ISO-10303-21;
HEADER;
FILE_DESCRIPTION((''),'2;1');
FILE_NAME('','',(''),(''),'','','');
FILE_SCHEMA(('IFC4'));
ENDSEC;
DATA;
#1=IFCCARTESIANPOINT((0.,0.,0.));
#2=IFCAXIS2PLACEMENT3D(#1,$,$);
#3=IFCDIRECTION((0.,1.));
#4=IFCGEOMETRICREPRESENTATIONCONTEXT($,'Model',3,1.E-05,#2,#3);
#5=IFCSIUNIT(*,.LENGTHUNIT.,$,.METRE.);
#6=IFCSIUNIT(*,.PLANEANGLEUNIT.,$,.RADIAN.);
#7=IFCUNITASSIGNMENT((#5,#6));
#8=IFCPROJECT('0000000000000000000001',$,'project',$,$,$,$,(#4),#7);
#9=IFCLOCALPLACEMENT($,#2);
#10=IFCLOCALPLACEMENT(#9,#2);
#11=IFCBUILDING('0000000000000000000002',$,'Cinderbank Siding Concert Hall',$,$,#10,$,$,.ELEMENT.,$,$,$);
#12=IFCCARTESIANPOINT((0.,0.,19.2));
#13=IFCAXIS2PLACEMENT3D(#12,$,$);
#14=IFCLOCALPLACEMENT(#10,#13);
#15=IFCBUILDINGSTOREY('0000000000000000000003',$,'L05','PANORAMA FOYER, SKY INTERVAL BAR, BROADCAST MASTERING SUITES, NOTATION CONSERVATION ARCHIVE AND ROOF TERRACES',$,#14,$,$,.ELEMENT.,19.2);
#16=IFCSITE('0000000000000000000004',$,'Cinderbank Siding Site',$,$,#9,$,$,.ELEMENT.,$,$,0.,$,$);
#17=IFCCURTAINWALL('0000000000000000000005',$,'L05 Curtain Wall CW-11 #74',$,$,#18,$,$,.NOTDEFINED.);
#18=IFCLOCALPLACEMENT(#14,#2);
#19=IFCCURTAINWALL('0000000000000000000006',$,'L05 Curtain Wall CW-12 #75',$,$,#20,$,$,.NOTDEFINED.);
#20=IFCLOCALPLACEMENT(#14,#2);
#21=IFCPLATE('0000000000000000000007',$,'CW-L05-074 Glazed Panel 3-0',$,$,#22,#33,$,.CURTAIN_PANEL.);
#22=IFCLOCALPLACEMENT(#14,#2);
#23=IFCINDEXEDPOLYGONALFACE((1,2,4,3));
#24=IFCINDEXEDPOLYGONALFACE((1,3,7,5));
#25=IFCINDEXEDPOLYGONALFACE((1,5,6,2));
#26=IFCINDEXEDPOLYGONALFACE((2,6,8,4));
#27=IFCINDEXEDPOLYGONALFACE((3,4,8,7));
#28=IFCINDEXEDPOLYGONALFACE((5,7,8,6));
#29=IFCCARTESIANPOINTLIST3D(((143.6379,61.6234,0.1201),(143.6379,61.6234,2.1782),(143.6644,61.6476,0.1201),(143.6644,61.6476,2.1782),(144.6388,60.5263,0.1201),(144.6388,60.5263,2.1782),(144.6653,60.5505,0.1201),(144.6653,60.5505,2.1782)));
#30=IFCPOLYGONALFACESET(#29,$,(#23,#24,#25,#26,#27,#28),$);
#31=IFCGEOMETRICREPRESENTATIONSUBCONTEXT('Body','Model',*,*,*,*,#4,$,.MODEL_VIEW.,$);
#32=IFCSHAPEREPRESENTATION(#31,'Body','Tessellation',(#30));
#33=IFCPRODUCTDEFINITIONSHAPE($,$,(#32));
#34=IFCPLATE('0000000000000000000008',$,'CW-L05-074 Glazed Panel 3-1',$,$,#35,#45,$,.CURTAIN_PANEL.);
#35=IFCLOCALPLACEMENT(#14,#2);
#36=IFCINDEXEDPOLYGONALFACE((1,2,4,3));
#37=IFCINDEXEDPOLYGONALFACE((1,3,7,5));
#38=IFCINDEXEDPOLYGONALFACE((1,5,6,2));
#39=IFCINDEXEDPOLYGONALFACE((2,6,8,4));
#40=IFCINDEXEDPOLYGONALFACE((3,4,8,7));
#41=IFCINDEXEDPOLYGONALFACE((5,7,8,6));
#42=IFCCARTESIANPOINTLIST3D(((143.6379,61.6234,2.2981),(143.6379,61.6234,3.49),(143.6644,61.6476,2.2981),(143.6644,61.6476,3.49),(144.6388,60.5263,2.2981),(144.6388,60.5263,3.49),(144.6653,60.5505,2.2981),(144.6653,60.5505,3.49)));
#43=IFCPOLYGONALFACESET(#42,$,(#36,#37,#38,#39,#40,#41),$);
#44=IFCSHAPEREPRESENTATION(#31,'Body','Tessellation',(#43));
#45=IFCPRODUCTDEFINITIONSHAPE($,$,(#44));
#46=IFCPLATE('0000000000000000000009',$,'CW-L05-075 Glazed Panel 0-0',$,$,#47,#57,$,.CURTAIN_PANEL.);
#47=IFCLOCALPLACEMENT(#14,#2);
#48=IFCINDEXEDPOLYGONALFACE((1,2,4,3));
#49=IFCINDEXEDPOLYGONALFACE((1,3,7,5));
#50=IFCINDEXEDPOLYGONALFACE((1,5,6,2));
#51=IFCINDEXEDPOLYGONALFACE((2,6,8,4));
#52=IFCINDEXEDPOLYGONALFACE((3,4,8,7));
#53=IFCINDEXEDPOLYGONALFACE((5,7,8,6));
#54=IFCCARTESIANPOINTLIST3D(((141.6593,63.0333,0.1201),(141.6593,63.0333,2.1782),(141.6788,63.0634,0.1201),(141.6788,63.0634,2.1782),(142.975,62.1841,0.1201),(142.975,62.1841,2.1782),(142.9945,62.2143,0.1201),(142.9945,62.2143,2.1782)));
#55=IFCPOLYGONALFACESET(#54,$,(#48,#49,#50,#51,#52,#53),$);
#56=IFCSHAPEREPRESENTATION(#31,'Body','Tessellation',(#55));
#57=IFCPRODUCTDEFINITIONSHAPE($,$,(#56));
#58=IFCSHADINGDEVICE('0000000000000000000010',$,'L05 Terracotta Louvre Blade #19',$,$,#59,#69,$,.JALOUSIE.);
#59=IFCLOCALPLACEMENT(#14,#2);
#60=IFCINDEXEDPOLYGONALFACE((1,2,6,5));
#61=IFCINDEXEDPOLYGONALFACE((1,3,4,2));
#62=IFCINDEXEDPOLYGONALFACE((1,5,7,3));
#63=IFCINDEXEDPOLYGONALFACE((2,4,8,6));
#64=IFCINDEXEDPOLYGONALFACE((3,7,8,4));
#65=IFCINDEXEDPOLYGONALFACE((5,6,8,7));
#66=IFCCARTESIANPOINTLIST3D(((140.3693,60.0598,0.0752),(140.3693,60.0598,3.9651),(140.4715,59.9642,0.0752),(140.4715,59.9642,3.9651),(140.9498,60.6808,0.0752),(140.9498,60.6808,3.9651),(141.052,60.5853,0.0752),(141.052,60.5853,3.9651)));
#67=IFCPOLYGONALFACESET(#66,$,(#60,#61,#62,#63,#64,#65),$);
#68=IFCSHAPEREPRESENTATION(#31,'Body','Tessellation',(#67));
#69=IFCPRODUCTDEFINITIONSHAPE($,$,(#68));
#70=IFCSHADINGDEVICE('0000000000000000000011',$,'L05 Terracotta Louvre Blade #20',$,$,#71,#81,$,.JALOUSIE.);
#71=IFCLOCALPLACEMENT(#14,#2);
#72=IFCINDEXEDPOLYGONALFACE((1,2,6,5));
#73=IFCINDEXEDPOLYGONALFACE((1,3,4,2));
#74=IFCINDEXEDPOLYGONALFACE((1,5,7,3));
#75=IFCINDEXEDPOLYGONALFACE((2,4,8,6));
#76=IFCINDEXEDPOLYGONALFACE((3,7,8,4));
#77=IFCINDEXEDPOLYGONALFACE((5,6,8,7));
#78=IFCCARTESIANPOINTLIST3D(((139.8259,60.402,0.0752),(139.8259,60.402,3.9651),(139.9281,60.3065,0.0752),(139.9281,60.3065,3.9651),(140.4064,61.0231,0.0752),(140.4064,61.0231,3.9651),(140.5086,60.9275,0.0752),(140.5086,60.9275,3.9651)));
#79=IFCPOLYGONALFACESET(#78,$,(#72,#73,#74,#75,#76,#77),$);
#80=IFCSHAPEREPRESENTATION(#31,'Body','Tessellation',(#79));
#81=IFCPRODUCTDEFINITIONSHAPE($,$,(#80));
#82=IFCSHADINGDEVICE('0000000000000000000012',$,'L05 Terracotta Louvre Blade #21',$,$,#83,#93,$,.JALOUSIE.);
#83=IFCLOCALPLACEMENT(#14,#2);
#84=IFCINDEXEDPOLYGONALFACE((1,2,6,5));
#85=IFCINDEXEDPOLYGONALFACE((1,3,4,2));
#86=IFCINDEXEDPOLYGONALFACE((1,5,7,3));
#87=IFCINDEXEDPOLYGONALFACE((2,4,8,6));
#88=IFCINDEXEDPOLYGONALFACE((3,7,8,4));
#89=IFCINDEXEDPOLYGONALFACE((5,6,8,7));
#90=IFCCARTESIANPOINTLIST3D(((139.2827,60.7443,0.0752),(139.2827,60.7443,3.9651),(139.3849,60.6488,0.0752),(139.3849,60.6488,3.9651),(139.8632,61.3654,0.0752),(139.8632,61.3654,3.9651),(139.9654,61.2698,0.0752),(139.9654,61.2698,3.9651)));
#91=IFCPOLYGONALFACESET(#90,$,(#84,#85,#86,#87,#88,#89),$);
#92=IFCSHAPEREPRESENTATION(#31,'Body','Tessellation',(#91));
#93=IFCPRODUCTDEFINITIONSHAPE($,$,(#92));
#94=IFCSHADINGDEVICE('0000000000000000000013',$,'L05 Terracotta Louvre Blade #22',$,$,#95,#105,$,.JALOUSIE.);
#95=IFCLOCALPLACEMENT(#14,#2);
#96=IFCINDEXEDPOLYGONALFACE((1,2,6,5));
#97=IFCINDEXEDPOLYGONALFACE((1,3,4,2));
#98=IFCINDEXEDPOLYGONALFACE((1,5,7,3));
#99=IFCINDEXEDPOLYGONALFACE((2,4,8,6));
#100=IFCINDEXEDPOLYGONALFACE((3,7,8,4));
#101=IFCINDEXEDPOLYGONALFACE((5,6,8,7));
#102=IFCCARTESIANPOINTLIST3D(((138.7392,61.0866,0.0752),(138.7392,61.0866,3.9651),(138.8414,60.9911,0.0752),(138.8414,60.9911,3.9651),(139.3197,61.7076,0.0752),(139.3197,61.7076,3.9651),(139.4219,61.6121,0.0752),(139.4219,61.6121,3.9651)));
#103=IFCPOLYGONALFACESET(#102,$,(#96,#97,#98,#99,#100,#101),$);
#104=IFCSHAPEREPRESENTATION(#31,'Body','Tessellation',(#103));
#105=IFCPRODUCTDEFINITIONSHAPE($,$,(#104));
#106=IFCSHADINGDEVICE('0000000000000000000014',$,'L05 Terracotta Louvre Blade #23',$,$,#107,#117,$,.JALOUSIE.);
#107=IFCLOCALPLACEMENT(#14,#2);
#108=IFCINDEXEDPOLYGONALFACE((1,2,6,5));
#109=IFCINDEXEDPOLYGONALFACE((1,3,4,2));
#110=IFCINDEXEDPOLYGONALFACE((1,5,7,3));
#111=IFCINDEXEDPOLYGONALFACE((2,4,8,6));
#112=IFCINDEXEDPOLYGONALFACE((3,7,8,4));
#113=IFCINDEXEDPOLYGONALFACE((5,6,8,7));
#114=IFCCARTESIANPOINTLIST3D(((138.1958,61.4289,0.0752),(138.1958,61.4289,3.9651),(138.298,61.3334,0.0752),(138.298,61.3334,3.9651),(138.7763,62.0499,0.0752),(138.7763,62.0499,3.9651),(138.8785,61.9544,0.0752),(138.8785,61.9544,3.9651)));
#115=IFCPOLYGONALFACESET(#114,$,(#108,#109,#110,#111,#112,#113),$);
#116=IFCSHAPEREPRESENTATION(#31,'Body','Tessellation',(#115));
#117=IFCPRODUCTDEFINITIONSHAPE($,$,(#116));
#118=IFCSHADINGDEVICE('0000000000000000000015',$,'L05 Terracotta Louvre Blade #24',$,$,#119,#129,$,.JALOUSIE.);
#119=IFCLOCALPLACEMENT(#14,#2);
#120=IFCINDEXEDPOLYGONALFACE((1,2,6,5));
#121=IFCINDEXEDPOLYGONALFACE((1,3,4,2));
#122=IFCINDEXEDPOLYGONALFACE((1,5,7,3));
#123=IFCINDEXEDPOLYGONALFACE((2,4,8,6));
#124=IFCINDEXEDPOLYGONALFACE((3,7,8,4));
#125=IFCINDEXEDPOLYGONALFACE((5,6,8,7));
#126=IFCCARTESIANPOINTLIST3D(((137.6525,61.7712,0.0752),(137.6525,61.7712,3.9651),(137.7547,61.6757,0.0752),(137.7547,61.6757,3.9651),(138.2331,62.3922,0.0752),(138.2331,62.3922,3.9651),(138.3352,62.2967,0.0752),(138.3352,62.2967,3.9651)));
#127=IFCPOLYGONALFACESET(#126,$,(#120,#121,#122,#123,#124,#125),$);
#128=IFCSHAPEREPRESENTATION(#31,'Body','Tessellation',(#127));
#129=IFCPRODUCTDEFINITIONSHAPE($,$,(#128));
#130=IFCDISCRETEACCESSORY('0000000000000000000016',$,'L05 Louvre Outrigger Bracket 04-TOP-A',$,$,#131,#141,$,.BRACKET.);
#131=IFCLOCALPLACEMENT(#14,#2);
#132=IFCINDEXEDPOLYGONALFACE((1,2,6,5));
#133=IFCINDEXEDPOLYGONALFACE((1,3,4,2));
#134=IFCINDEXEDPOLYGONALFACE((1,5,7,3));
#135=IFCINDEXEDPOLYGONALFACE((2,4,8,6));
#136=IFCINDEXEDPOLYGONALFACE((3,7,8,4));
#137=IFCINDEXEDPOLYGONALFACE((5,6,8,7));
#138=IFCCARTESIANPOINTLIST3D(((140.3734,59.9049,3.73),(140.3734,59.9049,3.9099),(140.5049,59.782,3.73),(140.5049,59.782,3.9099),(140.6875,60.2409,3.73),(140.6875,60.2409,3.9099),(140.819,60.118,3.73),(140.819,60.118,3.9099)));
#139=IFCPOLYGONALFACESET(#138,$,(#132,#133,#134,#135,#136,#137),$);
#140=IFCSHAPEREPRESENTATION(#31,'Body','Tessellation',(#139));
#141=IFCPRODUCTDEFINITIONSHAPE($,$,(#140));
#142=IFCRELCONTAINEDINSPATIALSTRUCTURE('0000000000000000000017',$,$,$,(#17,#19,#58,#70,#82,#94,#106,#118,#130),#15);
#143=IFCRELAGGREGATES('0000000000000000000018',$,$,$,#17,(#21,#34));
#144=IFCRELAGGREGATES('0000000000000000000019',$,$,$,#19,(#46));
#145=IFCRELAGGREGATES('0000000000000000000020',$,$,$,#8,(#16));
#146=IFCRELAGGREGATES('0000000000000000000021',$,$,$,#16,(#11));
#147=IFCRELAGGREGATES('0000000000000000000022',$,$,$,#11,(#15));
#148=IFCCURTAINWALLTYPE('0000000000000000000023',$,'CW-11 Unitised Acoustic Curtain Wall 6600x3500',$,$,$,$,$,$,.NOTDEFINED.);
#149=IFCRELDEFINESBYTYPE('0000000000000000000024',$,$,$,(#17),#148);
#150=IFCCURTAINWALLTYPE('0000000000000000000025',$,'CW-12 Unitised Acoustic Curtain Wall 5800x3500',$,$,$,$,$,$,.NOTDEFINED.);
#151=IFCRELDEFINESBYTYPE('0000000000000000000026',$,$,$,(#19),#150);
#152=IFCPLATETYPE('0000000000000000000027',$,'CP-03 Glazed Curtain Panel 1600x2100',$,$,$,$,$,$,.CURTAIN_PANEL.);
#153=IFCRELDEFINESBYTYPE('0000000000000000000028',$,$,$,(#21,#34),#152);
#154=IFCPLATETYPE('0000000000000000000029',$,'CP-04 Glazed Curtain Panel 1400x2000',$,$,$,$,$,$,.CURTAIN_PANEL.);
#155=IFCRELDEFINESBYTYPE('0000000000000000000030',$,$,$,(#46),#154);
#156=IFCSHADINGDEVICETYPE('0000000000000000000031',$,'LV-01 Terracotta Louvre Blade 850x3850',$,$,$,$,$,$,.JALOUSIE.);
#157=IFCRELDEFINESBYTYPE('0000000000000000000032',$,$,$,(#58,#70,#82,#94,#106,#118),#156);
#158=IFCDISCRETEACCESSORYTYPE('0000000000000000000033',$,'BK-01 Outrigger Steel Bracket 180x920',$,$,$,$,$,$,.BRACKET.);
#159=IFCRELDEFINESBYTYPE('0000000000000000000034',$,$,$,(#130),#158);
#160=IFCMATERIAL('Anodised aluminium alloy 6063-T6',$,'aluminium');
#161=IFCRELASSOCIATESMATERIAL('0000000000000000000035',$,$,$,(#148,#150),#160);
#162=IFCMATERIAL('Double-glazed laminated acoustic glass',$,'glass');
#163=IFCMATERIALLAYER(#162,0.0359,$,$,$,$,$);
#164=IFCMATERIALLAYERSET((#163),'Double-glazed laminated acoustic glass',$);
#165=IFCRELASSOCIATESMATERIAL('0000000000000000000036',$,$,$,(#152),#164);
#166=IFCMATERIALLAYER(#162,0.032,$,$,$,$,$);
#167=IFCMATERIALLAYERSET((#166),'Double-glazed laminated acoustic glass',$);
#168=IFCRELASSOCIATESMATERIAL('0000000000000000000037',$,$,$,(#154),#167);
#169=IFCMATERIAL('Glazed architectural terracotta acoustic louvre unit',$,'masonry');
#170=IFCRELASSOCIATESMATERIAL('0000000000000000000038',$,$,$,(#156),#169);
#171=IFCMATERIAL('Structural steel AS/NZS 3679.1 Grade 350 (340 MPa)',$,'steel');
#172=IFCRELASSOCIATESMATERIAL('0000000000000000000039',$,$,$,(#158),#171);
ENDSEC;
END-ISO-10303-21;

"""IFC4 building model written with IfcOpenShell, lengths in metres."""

from ifc_helpers import new_model, si_unit, direction, frame, origin, origin_2d, place, context, subcontext, project, spatial, rectangle, extrude, material, layer, layer_set, type_object, element, aggregate, save


model = new_model("IFC4")

# Units and contexts
model_context = context("Model", 3, precision=1e-05, world=origin(), true_north=direction((0.0, 1.0)))
body_context = subcontext(model_context, "Body", "Model", "MODEL_VIEW")
ifc_project = project(units=[si_unit("LENGTHUNIT", "METRE"), si_unit("PLANEANGLEUNIT", "RADIAN")], contexts=[model_context])

# Site, building, storey
site_placement = place(None, origin())
site = spatial("IfcSite", under=ifc_project, at=site_placement, Name="Cinderbank Siding Site", CompositionType="ELEMENT", RefElevation=0.0)
building_placement = place(site_placement, origin())
building = spatial("IfcBuilding", under=site, at=building_placement, Name="Cinderbank Siding Concert Hall", CompositionType="ELEMENT")
storey_placement = place(building_placement, frame((0.0, 0.0, 19.2)))
storey = spatial("IfcBuildingStorey", under=building, at=storey_placement, Name="L05", Description="PANORAMA FOYER, SKY INTERVAL BAR, BROADCAST MASTERING SUITES, NOTATION CONSERVATION ARCHIVE AND ROOF TERRACES", CompositionType="ELEMENT", Elevation=19.2)

# Shared definitions
ifc_material_1 = material(Name="Structural steel AS/NZS 3679.1 Grade 350 (340 MPa)", Category="steel")

# Curtain wall
ifc_material_2 = material(Name="Anodised aluminium alloy 6063-T6", Category="aluminium")
curtain_wall_type_1 = type_object("IfcCurtainWallType", Name="CW-11 Unitised Acoustic Curtain Wall 6600x3500", PredefinedType="NOTDEFINED", material=ifc_material_2)
curtain_wall_1_placement = place(storey_placement, origin())
curtain_wall_1 = element("IfcCurtainWall", 1, at=curtain_wall_1_placement, inside=storey, type_object=curtain_wall_type_1, Name="L05 Curtain Wall CW-11 #74", PredefinedType="NOTDEFINED")

# Curtain wall
curtain_wall_type_2 = type_object("IfcCurtainWallType", Name="CW-12 Unitised Acoustic Curtain Wall 5800x3500", PredefinedType="NOTDEFINED", material=ifc_material_2)
curtain_wall_2_placement = place(storey_placement, origin())
curtain_wall_2 = element("IfcCurtainWall", 2, at=curtain_wall_2_placement, inside=storey, type_object=curtain_wall_type_2, Name="L05 Curtain Wall CW-12 #75", PredefinedType="NOTDEFINED")

# Plates
ifc_material_3 = material(Name="Double-glazed laminated acoustic glass", Category="glass")
ifc_layer_1 = layer(ifc_material_3, 0.0359)
ifc_layer_set_1 = layer_set([ifc_layer_1], Name="Double-glazed laminated acoustic glass")
plate_type_1 = type_object("IfcPlateType", Name="CP-03 Glazed Curtain Panel 1600x2100", PredefinedType="CURTAIN_PANEL", material=ifc_layer_set_1)
plate_1_placement = place(storey_placement, frame((144.1516, 61.0869, 0.1201), z_axis=(0.0, 0.0, 1.0), x_axis=(-0.673989, 0.738742, 0.0)))
plate_1 = element("IfcPlate", 3, at=plate_1_placement, type_object=plate_type_1, Name="CW-L05-074 Glazed Panel 3-0", PredefinedType="CURTAIN_PANEL", context=body_context, shape_type="SweptSolid", body=[
    extrude(rectangle(XDim=1.4851, YDim=0.0359, at=origin_2d()), origin(), (0.0, 0.0, 1.0), 2.0581),
])
plate_2_placement = place(storey_placement, frame((144.1516, 61.0869, 2.2981), z_axis=(0.0, 0.0, 1.0), x_axis=(-0.673989, 0.738742, 0.0)))
plate_2 = element("IfcPlate", 4, at=plate_2_placement, type_object=plate_type_1, Name="CW-L05-074 Glazed Panel 3-1", PredefinedType="CURTAIN_PANEL", context=body_context, shape_type="SweptSolid", body=[
    extrude(rectangle(XDim=1.4851, YDim=0.0359, at=origin_2d()), origin(), (0.0, 0.0, 1.0), 1.1919),
])
aggregate(curtain_wall_1, [plate_1, plate_2])
ifc_layer_2 = layer(ifc_material_3, 0.032)
ifc_layer_set_2 = layer_set([ifc_layer_2], Name="Double-glazed laminated acoustic glass")
plate_type_2 = type_object("IfcPlateType", Name="CP-04 Glazed Curtain Panel 1400x2000", PredefinedType="CURTAIN_PANEL", material=ifc_layer_set_2)
plate_3_placement = place(storey_placement, frame((142.3269, 62.6238, 0.1201), z_axis=(0.0, 0.0, 1.0), x_axis=(-0.840219, 0.542248, 0.0)))
plate_3 = element("IfcPlate", 5, at=plate_3_placement, type_object=plate_type_2, Name="CW-L05-075 Glazed Panel 0-0", PredefinedType="CURTAIN_PANEL", context=body_context, shape_type="SweptSolid", body=[
    extrude(rectangle(XDim=1.5659, YDim=0.0359, at=origin_2d()), origin(), (0.0, 0.0, 1.0), 2.0581),
])
aggregate(curtain_wall_2, [plate_3])

# Shading devices
ifc_material_4 = material(Name="Glazed architectural terracotta acoustic louvre unit", Category="masonry")
shading_device_type = type_object("IfcShadingDeviceType", Name="LV-01 Terracotta Louvre Blade 850x3850", PredefinedType="JALOUSIE", material=ifc_material_4)
for number, where, z_axis, x_axis, name in (
    (6, (140.7107, 60.3225, 0.0752), (0.0, 0.0, 1.0), (0.682869, 0.730541, 0.0), "L05 Terracotta Louvre Blade #19"),
    (7, (140.1672, 60.6648, 0.0752), (0.0, 0.0, 1.0), (0.682869, 0.730541, 0.0), "L05 Terracotta Louvre Blade #20"),
    (8, (139.624, 61.0071, 0.0752), (0.0, 0.0, 1.0), (0.682869, 0.730541, 0.0), "L05 Terracotta Louvre Blade #21"),
    (9, (139.0806, 61.3494, 0.0752), (0.0, 0.0, 1.0), (0.682869, 0.730541, 0.0), "L05 Terracotta Louvre Blade #22"),
    (10, (138.5371, 61.6917, 0.0752), (0.0, 0.0, 1.0), (0.682869, 0.730541, 0.0), "L05 Terracotta Louvre Blade #23"),
    (11, (137.9939, 62.0339, 0.0752), (0.0, 0.0, 1.0), (0.682869, 0.730541, 0.0), "L05 Terracotta Louvre Blade #24"),
):
    element("IfcShadingDevice", number, at=place(storey_placement, frame(where, z_axis=z_axis, x_axis=x_axis)), inside=storey, type_object=shading_device_type, Name=name, PredefinedType="JALOUSIE", context=body_context, shape_type="SweptSolid", body=[
        extrude(rectangle(XDim=0.8501, YDim=0.1399, at=origin_2d()), origin(), (0.0, 0.0, 1.0), 3.8899),
    ])

# Discrete accessory
discrete_accessory_type = type_object("IfcDiscreteAccessoryType", Name="BK-01 Outrigger Steel Bracket 180x920", PredefinedType="BRACKET", material=ifc_material_1)
discrete_accessory_placement = place(storey_placement, frame((140.5962, 60.0115, 3.73), z_axis=(0.0, 0.0, 1.0), x_axis=(0.682869, 0.730541, 0.0)))
element("IfcDiscreteAccessory", 12, at=discrete_accessory_placement, inside=storey, type_object=discrete_accessory_type, Name="L05 Louvre Outrigger Bracket 04-TOP-A", PredefinedType="BRACKET", context=body_context, shape_type="SweptSolid", body=[
    extrude(rectangle(XDim=0.46, YDim=0.1799, at=origin_2d()), origin(), (0.0, 0.0, 1.0), 0.1799),
])

save(model, "model.ifc")
